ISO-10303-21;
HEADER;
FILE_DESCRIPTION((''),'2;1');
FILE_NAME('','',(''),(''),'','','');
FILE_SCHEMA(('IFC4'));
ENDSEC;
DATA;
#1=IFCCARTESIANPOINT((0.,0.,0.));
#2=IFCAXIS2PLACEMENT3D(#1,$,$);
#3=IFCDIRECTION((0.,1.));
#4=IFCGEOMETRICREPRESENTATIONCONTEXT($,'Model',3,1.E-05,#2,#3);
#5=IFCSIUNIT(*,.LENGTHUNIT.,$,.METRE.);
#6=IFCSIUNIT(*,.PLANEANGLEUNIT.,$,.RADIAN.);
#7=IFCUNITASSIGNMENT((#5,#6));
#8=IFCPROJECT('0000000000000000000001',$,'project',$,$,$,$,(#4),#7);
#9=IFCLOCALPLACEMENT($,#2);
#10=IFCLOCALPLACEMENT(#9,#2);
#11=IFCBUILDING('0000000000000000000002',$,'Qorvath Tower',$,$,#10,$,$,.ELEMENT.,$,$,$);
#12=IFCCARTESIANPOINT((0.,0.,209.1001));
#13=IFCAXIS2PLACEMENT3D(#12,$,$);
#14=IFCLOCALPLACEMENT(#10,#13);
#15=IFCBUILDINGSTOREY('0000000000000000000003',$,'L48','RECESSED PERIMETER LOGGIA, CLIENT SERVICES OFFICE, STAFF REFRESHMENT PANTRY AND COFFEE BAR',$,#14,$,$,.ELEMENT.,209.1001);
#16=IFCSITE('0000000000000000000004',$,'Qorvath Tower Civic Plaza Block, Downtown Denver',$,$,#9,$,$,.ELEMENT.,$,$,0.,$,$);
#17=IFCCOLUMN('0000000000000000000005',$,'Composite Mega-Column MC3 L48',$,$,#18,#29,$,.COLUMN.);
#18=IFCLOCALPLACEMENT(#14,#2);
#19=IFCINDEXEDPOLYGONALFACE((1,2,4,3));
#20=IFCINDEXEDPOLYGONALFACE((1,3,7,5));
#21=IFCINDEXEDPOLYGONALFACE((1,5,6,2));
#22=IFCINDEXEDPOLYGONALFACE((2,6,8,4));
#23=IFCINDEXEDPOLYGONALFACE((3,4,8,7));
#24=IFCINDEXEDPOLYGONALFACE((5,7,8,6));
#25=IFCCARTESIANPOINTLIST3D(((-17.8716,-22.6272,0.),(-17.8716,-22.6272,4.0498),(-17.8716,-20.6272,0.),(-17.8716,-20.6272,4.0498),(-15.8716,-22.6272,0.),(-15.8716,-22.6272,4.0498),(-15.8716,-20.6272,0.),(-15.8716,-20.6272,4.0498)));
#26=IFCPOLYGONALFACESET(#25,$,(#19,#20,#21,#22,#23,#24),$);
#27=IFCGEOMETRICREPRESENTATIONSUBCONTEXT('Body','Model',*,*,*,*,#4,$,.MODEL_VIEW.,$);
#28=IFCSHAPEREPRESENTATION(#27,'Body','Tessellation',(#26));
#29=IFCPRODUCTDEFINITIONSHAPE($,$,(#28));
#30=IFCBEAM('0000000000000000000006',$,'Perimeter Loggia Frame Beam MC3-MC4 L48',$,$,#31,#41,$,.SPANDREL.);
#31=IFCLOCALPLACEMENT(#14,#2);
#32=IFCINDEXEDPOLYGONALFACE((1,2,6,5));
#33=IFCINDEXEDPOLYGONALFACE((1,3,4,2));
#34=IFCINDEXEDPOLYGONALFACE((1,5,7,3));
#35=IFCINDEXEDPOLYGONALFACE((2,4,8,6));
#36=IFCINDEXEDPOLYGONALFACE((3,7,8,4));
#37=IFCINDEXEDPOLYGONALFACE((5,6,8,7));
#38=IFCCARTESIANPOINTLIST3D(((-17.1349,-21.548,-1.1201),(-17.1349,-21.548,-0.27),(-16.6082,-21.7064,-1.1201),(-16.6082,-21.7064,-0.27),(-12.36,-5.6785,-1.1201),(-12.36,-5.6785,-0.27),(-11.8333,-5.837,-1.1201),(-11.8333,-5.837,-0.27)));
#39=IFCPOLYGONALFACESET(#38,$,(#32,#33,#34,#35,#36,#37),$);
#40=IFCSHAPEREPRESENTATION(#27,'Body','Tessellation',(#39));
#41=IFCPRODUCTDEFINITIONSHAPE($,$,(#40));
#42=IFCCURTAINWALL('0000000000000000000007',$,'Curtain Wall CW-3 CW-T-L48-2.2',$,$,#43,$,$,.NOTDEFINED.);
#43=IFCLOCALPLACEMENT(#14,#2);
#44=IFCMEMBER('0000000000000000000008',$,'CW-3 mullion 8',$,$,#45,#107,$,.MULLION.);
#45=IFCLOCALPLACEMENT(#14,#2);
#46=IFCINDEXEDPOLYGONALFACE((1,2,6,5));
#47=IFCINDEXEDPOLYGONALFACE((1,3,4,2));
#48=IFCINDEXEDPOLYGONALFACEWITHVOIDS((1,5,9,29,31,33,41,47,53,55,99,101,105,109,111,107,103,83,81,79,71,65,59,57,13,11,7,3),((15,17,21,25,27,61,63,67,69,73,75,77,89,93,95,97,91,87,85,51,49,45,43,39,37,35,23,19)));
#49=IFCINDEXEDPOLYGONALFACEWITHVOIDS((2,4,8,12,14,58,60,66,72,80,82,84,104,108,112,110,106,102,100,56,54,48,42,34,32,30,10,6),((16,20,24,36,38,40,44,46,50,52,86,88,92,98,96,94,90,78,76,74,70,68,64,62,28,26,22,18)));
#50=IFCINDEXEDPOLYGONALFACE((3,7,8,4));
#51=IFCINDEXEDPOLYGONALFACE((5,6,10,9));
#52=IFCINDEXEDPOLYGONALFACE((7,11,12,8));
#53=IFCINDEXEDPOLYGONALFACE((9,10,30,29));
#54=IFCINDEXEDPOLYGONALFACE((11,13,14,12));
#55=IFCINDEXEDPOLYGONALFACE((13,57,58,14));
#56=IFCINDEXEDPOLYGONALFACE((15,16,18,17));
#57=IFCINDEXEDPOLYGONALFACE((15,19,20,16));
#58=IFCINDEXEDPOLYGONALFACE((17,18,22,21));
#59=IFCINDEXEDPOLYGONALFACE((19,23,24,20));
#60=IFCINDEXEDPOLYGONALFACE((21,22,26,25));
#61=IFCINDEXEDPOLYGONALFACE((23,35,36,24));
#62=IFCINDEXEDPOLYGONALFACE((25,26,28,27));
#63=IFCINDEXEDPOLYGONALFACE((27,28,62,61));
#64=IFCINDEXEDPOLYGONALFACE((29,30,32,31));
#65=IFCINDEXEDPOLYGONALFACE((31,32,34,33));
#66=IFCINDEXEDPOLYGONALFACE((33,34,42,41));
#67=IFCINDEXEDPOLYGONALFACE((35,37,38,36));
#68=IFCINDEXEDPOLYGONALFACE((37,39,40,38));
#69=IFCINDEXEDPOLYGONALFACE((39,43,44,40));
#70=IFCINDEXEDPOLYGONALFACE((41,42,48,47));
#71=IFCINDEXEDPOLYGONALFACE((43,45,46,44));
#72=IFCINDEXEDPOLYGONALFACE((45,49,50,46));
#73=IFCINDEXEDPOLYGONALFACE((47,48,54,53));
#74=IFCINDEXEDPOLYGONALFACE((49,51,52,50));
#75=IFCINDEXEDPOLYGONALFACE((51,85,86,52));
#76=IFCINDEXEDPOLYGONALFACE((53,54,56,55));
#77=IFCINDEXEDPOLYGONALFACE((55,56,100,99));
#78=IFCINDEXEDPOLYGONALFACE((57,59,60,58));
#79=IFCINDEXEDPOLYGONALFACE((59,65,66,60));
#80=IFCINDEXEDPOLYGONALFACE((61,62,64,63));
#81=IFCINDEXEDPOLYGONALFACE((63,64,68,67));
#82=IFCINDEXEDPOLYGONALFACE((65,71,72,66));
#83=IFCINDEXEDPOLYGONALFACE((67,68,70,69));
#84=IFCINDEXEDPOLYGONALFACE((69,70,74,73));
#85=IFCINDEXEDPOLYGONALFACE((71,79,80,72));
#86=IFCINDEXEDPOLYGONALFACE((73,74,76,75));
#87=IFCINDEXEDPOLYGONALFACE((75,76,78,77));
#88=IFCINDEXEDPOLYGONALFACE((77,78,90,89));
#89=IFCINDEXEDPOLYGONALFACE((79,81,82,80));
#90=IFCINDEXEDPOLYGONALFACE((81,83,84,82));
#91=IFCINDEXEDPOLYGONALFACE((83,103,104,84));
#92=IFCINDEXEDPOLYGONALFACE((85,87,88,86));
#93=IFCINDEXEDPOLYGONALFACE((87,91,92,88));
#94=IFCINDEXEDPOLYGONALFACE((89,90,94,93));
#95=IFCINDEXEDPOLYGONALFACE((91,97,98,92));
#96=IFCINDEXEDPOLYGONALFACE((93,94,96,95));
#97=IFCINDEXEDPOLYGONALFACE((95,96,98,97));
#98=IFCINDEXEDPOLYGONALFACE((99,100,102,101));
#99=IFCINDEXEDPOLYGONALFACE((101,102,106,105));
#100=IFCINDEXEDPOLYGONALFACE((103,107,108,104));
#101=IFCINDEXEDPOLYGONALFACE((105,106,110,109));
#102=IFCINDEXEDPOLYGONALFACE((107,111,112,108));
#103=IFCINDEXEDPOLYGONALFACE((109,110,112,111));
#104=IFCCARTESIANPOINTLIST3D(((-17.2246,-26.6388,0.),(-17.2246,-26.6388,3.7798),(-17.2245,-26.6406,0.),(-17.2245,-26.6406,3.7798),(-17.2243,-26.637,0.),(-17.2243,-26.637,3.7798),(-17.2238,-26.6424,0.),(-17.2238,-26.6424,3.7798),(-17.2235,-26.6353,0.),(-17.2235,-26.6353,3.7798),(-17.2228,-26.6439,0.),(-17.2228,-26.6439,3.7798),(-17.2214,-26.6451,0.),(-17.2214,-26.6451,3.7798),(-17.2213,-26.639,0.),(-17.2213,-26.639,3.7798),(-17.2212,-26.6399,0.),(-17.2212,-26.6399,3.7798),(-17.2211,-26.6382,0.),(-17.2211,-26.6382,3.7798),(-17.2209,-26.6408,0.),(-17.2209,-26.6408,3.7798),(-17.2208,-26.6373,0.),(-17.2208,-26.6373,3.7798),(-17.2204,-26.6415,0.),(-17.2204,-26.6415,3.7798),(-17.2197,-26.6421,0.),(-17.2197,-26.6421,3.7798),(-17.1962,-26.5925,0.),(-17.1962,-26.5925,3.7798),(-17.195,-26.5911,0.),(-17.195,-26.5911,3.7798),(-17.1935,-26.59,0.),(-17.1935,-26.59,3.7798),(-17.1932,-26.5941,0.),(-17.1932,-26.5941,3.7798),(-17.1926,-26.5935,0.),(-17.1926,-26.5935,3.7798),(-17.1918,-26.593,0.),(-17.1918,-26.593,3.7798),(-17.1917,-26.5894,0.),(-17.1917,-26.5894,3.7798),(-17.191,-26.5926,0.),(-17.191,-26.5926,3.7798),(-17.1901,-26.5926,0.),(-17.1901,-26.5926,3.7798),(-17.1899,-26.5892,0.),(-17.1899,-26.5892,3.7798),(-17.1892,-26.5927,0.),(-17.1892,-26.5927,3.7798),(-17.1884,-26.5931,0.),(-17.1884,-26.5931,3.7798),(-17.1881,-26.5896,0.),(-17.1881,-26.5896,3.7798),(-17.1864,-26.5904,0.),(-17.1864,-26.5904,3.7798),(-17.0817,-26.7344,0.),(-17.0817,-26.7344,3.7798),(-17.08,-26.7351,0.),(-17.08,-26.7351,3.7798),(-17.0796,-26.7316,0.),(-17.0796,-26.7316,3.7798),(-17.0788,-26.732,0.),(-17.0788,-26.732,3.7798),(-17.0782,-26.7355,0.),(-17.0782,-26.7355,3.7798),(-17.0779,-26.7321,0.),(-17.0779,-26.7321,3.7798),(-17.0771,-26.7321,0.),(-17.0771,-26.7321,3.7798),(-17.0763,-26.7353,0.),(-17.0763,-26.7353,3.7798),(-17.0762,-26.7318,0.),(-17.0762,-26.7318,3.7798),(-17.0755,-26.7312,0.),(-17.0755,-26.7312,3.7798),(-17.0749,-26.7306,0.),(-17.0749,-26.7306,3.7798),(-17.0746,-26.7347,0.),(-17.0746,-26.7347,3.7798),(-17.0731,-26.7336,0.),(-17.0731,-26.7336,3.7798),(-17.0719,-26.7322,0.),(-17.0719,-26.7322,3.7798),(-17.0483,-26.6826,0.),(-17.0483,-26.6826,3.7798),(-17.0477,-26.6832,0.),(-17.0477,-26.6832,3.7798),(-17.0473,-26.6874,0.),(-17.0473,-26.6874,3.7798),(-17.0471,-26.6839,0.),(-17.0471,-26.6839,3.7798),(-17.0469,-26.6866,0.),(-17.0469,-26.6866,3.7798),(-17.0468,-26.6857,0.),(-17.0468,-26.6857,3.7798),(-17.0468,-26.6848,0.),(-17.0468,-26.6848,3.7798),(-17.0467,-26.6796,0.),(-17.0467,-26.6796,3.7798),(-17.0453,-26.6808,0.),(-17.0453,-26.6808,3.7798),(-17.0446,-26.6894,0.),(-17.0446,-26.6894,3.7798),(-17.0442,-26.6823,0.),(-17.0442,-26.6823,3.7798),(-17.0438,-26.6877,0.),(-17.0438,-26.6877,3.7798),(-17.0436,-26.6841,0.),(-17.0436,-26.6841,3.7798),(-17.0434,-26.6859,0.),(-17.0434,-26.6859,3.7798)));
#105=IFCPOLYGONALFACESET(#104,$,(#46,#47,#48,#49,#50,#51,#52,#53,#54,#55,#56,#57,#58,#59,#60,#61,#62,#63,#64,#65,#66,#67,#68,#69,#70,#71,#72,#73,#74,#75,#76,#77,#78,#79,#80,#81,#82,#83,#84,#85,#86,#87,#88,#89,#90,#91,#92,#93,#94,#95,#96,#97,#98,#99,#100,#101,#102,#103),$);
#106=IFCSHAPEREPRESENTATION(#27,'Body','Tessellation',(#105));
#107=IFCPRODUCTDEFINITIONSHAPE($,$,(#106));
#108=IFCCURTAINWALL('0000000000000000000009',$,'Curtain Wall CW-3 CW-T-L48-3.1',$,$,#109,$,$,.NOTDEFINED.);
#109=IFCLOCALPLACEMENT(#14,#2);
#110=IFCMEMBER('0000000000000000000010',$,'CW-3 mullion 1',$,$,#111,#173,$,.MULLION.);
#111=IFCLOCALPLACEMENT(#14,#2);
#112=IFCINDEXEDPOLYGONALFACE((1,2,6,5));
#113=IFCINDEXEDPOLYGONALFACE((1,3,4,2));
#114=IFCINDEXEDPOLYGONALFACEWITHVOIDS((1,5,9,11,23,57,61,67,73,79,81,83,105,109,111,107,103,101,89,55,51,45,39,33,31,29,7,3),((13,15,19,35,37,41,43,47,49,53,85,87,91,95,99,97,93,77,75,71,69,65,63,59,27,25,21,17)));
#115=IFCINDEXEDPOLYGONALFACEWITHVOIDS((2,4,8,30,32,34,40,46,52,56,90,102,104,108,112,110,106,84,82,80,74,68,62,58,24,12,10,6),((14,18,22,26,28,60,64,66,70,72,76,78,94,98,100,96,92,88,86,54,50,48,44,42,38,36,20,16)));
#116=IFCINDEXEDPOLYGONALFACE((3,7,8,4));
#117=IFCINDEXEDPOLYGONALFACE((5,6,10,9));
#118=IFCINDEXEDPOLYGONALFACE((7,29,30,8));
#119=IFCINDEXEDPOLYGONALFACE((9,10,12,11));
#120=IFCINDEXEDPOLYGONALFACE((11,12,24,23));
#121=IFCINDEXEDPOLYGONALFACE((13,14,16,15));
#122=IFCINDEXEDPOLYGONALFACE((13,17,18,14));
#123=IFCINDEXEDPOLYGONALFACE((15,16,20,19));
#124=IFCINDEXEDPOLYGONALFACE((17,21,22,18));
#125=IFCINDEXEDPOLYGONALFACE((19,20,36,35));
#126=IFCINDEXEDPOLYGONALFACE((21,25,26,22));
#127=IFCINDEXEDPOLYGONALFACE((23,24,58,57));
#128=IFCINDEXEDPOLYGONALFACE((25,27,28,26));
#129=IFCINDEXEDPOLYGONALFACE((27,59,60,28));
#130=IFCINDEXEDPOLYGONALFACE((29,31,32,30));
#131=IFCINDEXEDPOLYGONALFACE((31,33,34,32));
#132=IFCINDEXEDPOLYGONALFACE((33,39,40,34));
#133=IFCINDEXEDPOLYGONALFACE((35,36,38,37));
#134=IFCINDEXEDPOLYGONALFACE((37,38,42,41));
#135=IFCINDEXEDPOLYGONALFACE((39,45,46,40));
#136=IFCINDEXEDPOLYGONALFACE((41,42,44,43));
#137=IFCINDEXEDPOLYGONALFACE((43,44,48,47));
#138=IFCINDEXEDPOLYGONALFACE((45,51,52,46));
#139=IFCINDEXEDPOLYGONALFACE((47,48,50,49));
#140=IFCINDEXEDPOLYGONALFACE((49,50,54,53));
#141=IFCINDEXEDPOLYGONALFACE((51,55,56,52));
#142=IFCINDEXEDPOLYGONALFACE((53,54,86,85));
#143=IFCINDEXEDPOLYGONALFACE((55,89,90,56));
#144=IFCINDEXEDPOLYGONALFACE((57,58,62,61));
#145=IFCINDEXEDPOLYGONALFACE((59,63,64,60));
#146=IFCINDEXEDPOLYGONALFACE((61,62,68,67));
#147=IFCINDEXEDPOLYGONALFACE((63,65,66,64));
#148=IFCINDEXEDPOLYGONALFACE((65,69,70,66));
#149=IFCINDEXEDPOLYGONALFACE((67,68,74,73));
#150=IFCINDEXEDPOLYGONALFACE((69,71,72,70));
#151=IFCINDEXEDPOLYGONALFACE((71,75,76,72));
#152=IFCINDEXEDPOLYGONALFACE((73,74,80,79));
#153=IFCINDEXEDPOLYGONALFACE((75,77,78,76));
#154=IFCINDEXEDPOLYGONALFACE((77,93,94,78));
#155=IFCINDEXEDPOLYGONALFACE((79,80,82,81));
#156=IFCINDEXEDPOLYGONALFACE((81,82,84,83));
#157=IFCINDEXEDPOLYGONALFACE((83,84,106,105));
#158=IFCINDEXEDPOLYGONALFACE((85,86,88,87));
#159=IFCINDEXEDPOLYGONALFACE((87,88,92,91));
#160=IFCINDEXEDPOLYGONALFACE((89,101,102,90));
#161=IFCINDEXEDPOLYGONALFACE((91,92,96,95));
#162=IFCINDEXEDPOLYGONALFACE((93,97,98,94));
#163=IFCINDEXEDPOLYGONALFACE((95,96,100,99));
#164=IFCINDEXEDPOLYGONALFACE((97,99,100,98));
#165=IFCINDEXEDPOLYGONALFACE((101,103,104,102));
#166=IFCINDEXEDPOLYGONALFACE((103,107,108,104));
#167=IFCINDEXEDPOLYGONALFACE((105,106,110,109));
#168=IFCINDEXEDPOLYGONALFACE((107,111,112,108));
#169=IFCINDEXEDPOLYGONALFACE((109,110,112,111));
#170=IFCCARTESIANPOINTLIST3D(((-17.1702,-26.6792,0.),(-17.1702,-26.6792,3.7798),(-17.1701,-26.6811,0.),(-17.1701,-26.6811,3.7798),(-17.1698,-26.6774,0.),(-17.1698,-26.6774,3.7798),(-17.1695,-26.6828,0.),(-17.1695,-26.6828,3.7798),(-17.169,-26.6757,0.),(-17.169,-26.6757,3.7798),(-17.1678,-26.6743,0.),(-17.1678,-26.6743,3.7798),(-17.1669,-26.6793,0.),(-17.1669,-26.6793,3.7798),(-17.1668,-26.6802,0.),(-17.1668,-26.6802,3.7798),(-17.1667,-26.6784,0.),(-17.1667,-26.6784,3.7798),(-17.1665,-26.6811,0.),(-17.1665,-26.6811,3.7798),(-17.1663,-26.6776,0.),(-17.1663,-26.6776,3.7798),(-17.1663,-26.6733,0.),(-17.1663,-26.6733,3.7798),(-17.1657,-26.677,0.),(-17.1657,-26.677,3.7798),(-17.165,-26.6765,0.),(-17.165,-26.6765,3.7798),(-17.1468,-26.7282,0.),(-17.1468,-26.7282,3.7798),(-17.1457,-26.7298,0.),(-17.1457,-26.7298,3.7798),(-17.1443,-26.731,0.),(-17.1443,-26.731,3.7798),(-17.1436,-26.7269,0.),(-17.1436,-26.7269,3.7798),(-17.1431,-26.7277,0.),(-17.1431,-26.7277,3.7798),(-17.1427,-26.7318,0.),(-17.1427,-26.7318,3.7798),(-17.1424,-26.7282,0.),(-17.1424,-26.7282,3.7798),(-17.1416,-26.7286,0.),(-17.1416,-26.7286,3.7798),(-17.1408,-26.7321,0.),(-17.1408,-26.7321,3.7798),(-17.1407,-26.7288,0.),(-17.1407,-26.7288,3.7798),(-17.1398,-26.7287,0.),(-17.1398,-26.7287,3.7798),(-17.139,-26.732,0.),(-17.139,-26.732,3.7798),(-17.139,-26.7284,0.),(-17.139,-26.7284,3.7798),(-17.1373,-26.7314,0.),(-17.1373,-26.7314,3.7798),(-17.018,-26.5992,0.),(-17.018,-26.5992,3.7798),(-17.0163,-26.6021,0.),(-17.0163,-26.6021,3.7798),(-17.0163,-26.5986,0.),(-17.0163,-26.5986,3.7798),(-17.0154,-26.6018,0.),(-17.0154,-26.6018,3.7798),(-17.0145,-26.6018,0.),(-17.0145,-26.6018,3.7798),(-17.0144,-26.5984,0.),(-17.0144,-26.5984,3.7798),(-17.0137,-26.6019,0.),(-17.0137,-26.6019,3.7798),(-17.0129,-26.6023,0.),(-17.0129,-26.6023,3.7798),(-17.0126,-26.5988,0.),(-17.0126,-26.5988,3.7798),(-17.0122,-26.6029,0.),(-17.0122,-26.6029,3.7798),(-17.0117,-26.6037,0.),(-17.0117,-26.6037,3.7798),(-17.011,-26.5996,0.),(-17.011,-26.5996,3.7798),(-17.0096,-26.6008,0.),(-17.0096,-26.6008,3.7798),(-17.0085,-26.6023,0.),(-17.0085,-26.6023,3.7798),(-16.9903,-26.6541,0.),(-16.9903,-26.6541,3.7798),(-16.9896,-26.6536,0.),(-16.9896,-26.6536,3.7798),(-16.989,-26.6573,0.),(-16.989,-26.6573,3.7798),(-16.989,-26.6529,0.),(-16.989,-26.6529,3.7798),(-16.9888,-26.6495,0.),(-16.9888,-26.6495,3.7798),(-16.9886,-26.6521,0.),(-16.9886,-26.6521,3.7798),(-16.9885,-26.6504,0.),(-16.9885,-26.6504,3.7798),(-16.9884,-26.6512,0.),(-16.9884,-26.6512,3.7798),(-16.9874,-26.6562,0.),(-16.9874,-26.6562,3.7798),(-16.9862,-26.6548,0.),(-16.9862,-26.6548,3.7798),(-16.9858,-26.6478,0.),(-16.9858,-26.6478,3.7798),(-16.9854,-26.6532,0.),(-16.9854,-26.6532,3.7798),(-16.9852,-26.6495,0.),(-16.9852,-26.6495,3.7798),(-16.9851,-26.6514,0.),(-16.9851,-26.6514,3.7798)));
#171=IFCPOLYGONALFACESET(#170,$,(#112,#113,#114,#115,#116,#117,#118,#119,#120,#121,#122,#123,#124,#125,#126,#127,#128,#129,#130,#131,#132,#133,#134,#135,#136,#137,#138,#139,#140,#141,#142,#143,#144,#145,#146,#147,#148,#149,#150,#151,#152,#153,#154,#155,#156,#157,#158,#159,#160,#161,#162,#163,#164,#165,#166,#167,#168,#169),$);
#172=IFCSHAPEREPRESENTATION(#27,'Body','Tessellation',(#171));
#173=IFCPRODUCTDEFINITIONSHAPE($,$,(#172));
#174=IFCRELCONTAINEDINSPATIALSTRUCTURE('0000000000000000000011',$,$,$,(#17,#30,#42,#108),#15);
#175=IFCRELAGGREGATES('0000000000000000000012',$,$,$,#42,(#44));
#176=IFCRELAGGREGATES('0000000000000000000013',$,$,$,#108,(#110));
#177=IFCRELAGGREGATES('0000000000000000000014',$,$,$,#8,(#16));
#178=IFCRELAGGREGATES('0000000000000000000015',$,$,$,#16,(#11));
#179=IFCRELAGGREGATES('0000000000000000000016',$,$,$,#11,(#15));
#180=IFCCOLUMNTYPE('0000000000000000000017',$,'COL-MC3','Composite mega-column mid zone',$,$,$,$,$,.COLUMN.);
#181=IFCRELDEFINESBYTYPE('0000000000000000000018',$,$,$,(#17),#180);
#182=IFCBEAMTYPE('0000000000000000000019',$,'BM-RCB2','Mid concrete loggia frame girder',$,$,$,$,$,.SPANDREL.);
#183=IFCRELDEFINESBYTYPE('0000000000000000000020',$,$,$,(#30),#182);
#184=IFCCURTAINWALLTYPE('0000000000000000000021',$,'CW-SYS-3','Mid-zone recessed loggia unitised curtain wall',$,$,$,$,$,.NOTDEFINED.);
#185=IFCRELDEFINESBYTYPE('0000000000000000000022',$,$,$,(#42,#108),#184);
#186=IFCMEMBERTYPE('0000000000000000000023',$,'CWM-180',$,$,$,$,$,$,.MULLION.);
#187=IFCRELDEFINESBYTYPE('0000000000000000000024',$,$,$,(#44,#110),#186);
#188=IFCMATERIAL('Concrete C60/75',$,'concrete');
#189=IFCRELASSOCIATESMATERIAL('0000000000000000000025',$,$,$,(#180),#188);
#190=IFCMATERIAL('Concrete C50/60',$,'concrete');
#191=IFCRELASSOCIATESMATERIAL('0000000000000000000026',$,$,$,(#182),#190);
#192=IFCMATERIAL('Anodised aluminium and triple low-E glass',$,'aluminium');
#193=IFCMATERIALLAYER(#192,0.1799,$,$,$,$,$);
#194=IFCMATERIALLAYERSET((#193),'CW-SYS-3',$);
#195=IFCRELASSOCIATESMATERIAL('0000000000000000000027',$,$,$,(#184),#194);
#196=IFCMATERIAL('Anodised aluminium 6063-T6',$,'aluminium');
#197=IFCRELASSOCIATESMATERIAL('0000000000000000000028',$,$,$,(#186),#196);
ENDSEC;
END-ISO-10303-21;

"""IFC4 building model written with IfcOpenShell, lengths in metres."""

from ifc_helpers import new_model, si_unit, direction, frame, origin, origin_2d, place, context, subcontext, project, spatial, rectangle, hollow_rectangle, extrude, material, layer, layer_set, material_profile, profile_set, type_object, element, aggregate, save


model = new_model("IFC4")

# Units and contexts
model_context = context("Model", 3, precision=1e-05, world=origin(), true_north=direction((0.0, 1.0)))
body_context = subcontext(model_context, "Body", "Model", "MODEL_VIEW")
ifc_project = project(units=[si_unit("LENGTHUNIT", "METRE"), si_unit("PLANEANGLEUNIT", "RADIAN")], contexts=[model_context])

# Site, building, storey
site_placement = place(None, origin())
site = spatial("IfcSite", under=ifc_project, at=site_placement, Name="Qorvath Tower Civic Plaza Block, Downtown Denver", CompositionType="ELEMENT", RefElevation=0.0)
building_placement = place(site_placement, origin())
building = spatial("IfcBuilding", under=site, at=building_placement, Name="Qorvath Tower", CompositionType="ELEMENT")
storey_placement = place(building_placement, frame((0.0, 0.0, 209.1001)))
storey = spatial("IfcBuildingStorey", under=building, at=storey_placement, Name="L48", Description="RECESSED PERIMETER LOGGIA, CLIENT SERVICES OFFICE, STAFF REFRESHMENT PANTRY AND COFFEE BAR", CompositionType="ELEMENT", Elevation=209.1001)

# Column
ifc_material_1 = material(Name="Concrete C60/75", Category="concrete")
ifc_material_profile_1 = material_profile(ifc_material_1, rectangle(XDim=2.0, YDim=2.0, at=origin_2d()), Name="MC 2000x2000")
ifc_profile_set_1 = profile_set([ifc_material_profile_1], Name="Concrete C60/75")
column_type = type_object("IfcColumnType", Name="COL-MC3", Description="Composite mega-column mid zone", PredefinedType="COLUMN", material=ifc_profile_set_1)
column_placement = place(storey_placement, frame((-16.8716, -21.6272, 0.0), z_axis=(0.0, 0.0, 1.0), x_axis=(1.0, 0.0, 0.0)))
element("IfcColumn", 1, at=column_placement, inside=storey, type_object=column_type, Name="Composite Mega-Column MC3 L48", PredefinedType="COLUMN", context=body_context, shape_type="SweptSolid", body=[
    extrude(rectangle(XDim=2.0, YDim=2.0, at=origin_2d()), origin(), (0.0, 0.0, 1.0), 4.0498),
])

# Beam
ifc_material_2 = material(Name="Concrete C50/60", Category="concrete")
ifc_material_profile_2 = material_profile(ifc_material_2, rectangle(XDim=0.55, YDim=0.8501, at=origin_2d()), Name="RCB 850x550")
ifc_profile_set_2 = profile_set([ifc_material_profile_2], Name="Concrete C50/60")
beam_type = type_object("IfcBeamType", Name="BM-RCB2", Description="Mid concrete loggia frame girder", PredefinedType="SPANDREL", material=ifc_profile_set_2)
beam_placement = place(storey_placement, frame((-16.8716, -21.6272, -0.6951), z_axis=(0.288128, 0.957592, 0.0), x_axis=(-0.957592, 0.288128, 0.0)))
element("IfcBeam", 2, at=beam_placement, inside=storey, type_object=beam_type, Name="Perimeter Loggia Frame Beam MC3-MC4 L48", PredefinedType="SPANDREL", context=body_context, shape_type="SweptSolid", body=[
    extrude(rectangle(XDim=0.55, YDim=0.8501, at=origin_2d()), origin(), (0.0, 0.0, 1.0), 16.5723),
])

# Curtain wall, member
ifc_material_3 = material(Name="Anodised aluminium and triple low-E glass", Category="aluminium")
ifc_layer_1 = layer(ifc_material_3, 0.1799)
ifc_layer_set_1 = layer_set([ifc_layer_1], Name="CW-SYS-3")
curtain_wall_type = type_object("IfcCurtainWallType", Name="CW-SYS-3", Description="Mid-zone recessed loggia unitised curtain wall", PredefinedType="NOTDEFINED", material=ifc_layer_set_1)
curtain_wall_1_placement = place(storey_placement, origin())
curtain_wall_1 = element("IfcCurtainWall", 3, at=curtain_wall_1_placement, inside=storey, type_object=curtain_wall_type, Name="Curtain Wall CW-3 CW-T-L48-2.2", PredefinedType="NOTDEFINED")
ifc_material_4 = material(Name="Anodised aluminium 6063-T6", Category="aluminium")
ifc_material_profile_3 = material_profile(ifc_material_4, hollow_rectangle(XDim=0.0649, YDim=0.1799, WallThickness=0.0034, InnerFilletRadius=0.0034, OuterFilletRadius=0.0071, at=origin_2d()), Name="CWM 180x65")
ifc_profile_set_3 = profile_set([ifc_material_profile_3], Name="Anodised aluminium 6063-T6")
member_type_1 = type_object("IfcMemberType", Name="CWM-180", PredefinedType="MULLION", material=ifc_profile_set_3)
member_1_placement = place(storey_placement, frame((-17.134, -26.6624, 0.0), z_axis=(0.0, 0.0, 1.0), x_axis=(0.538533, 0.842605, 0.0)))
member_1 = element("IfcMember", 4, at=member_1_placement, type_object=member_type_1, Name="CW-3 mullion 8", PredefinedType="MULLION", context=body_context, shape_type="SweptSolid", body=[
    extrude(hollow_rectangle(XDim=0.0649, YDim=0.1799, WallThickness=0.0034, InnerFilletRadius=0.0034, OuterFilletRadius=0.0071, at=origin_2d()), origin(), (0.0, 0.0, 1.0), 3.7798),
])

# Curtain wall, member
curtain_wall_2_placement = place(storey_placement, origin())
curtain_wall_2 = element("IfcCurtainWall", 5, at=curtain_wall_2_placement, inside=storey, type_object=curtain_wall_type, Name="Curtain Wall CW-3 CW-T-L48-3.1", PredefinedType="NOTDEFINED")
member_2_placement = place(storey_placement, frame((-17.0776, -26.6653, 0.0), z_axis=(0.0, 0.0, 1.0), x_axis=(-0.447167, 0.894451, 0.0)))
member_2 = element("IfcMember", 6, at=member_2_placement, type_object=member_type_1, Name="CW-3 mullion 1", PredefinedType="MULLION", context=body_context, shape_type="SweptSolid", body=[
    extrude(hollow_rectangle(XDim=0.0649, YDim=0.1799, WallThickness=0.0034, InnerFilletRadius=0.0034, OuterFilletRadius=0.0071, at=origin_2d()), origin(), (0.0, 0.0, 1.0), 3.7798),
])

aggregate(curtain_wall_1, [member_1])
aggregate(curtain_wall_2, [member_2])

save(model, "model.ifc")
